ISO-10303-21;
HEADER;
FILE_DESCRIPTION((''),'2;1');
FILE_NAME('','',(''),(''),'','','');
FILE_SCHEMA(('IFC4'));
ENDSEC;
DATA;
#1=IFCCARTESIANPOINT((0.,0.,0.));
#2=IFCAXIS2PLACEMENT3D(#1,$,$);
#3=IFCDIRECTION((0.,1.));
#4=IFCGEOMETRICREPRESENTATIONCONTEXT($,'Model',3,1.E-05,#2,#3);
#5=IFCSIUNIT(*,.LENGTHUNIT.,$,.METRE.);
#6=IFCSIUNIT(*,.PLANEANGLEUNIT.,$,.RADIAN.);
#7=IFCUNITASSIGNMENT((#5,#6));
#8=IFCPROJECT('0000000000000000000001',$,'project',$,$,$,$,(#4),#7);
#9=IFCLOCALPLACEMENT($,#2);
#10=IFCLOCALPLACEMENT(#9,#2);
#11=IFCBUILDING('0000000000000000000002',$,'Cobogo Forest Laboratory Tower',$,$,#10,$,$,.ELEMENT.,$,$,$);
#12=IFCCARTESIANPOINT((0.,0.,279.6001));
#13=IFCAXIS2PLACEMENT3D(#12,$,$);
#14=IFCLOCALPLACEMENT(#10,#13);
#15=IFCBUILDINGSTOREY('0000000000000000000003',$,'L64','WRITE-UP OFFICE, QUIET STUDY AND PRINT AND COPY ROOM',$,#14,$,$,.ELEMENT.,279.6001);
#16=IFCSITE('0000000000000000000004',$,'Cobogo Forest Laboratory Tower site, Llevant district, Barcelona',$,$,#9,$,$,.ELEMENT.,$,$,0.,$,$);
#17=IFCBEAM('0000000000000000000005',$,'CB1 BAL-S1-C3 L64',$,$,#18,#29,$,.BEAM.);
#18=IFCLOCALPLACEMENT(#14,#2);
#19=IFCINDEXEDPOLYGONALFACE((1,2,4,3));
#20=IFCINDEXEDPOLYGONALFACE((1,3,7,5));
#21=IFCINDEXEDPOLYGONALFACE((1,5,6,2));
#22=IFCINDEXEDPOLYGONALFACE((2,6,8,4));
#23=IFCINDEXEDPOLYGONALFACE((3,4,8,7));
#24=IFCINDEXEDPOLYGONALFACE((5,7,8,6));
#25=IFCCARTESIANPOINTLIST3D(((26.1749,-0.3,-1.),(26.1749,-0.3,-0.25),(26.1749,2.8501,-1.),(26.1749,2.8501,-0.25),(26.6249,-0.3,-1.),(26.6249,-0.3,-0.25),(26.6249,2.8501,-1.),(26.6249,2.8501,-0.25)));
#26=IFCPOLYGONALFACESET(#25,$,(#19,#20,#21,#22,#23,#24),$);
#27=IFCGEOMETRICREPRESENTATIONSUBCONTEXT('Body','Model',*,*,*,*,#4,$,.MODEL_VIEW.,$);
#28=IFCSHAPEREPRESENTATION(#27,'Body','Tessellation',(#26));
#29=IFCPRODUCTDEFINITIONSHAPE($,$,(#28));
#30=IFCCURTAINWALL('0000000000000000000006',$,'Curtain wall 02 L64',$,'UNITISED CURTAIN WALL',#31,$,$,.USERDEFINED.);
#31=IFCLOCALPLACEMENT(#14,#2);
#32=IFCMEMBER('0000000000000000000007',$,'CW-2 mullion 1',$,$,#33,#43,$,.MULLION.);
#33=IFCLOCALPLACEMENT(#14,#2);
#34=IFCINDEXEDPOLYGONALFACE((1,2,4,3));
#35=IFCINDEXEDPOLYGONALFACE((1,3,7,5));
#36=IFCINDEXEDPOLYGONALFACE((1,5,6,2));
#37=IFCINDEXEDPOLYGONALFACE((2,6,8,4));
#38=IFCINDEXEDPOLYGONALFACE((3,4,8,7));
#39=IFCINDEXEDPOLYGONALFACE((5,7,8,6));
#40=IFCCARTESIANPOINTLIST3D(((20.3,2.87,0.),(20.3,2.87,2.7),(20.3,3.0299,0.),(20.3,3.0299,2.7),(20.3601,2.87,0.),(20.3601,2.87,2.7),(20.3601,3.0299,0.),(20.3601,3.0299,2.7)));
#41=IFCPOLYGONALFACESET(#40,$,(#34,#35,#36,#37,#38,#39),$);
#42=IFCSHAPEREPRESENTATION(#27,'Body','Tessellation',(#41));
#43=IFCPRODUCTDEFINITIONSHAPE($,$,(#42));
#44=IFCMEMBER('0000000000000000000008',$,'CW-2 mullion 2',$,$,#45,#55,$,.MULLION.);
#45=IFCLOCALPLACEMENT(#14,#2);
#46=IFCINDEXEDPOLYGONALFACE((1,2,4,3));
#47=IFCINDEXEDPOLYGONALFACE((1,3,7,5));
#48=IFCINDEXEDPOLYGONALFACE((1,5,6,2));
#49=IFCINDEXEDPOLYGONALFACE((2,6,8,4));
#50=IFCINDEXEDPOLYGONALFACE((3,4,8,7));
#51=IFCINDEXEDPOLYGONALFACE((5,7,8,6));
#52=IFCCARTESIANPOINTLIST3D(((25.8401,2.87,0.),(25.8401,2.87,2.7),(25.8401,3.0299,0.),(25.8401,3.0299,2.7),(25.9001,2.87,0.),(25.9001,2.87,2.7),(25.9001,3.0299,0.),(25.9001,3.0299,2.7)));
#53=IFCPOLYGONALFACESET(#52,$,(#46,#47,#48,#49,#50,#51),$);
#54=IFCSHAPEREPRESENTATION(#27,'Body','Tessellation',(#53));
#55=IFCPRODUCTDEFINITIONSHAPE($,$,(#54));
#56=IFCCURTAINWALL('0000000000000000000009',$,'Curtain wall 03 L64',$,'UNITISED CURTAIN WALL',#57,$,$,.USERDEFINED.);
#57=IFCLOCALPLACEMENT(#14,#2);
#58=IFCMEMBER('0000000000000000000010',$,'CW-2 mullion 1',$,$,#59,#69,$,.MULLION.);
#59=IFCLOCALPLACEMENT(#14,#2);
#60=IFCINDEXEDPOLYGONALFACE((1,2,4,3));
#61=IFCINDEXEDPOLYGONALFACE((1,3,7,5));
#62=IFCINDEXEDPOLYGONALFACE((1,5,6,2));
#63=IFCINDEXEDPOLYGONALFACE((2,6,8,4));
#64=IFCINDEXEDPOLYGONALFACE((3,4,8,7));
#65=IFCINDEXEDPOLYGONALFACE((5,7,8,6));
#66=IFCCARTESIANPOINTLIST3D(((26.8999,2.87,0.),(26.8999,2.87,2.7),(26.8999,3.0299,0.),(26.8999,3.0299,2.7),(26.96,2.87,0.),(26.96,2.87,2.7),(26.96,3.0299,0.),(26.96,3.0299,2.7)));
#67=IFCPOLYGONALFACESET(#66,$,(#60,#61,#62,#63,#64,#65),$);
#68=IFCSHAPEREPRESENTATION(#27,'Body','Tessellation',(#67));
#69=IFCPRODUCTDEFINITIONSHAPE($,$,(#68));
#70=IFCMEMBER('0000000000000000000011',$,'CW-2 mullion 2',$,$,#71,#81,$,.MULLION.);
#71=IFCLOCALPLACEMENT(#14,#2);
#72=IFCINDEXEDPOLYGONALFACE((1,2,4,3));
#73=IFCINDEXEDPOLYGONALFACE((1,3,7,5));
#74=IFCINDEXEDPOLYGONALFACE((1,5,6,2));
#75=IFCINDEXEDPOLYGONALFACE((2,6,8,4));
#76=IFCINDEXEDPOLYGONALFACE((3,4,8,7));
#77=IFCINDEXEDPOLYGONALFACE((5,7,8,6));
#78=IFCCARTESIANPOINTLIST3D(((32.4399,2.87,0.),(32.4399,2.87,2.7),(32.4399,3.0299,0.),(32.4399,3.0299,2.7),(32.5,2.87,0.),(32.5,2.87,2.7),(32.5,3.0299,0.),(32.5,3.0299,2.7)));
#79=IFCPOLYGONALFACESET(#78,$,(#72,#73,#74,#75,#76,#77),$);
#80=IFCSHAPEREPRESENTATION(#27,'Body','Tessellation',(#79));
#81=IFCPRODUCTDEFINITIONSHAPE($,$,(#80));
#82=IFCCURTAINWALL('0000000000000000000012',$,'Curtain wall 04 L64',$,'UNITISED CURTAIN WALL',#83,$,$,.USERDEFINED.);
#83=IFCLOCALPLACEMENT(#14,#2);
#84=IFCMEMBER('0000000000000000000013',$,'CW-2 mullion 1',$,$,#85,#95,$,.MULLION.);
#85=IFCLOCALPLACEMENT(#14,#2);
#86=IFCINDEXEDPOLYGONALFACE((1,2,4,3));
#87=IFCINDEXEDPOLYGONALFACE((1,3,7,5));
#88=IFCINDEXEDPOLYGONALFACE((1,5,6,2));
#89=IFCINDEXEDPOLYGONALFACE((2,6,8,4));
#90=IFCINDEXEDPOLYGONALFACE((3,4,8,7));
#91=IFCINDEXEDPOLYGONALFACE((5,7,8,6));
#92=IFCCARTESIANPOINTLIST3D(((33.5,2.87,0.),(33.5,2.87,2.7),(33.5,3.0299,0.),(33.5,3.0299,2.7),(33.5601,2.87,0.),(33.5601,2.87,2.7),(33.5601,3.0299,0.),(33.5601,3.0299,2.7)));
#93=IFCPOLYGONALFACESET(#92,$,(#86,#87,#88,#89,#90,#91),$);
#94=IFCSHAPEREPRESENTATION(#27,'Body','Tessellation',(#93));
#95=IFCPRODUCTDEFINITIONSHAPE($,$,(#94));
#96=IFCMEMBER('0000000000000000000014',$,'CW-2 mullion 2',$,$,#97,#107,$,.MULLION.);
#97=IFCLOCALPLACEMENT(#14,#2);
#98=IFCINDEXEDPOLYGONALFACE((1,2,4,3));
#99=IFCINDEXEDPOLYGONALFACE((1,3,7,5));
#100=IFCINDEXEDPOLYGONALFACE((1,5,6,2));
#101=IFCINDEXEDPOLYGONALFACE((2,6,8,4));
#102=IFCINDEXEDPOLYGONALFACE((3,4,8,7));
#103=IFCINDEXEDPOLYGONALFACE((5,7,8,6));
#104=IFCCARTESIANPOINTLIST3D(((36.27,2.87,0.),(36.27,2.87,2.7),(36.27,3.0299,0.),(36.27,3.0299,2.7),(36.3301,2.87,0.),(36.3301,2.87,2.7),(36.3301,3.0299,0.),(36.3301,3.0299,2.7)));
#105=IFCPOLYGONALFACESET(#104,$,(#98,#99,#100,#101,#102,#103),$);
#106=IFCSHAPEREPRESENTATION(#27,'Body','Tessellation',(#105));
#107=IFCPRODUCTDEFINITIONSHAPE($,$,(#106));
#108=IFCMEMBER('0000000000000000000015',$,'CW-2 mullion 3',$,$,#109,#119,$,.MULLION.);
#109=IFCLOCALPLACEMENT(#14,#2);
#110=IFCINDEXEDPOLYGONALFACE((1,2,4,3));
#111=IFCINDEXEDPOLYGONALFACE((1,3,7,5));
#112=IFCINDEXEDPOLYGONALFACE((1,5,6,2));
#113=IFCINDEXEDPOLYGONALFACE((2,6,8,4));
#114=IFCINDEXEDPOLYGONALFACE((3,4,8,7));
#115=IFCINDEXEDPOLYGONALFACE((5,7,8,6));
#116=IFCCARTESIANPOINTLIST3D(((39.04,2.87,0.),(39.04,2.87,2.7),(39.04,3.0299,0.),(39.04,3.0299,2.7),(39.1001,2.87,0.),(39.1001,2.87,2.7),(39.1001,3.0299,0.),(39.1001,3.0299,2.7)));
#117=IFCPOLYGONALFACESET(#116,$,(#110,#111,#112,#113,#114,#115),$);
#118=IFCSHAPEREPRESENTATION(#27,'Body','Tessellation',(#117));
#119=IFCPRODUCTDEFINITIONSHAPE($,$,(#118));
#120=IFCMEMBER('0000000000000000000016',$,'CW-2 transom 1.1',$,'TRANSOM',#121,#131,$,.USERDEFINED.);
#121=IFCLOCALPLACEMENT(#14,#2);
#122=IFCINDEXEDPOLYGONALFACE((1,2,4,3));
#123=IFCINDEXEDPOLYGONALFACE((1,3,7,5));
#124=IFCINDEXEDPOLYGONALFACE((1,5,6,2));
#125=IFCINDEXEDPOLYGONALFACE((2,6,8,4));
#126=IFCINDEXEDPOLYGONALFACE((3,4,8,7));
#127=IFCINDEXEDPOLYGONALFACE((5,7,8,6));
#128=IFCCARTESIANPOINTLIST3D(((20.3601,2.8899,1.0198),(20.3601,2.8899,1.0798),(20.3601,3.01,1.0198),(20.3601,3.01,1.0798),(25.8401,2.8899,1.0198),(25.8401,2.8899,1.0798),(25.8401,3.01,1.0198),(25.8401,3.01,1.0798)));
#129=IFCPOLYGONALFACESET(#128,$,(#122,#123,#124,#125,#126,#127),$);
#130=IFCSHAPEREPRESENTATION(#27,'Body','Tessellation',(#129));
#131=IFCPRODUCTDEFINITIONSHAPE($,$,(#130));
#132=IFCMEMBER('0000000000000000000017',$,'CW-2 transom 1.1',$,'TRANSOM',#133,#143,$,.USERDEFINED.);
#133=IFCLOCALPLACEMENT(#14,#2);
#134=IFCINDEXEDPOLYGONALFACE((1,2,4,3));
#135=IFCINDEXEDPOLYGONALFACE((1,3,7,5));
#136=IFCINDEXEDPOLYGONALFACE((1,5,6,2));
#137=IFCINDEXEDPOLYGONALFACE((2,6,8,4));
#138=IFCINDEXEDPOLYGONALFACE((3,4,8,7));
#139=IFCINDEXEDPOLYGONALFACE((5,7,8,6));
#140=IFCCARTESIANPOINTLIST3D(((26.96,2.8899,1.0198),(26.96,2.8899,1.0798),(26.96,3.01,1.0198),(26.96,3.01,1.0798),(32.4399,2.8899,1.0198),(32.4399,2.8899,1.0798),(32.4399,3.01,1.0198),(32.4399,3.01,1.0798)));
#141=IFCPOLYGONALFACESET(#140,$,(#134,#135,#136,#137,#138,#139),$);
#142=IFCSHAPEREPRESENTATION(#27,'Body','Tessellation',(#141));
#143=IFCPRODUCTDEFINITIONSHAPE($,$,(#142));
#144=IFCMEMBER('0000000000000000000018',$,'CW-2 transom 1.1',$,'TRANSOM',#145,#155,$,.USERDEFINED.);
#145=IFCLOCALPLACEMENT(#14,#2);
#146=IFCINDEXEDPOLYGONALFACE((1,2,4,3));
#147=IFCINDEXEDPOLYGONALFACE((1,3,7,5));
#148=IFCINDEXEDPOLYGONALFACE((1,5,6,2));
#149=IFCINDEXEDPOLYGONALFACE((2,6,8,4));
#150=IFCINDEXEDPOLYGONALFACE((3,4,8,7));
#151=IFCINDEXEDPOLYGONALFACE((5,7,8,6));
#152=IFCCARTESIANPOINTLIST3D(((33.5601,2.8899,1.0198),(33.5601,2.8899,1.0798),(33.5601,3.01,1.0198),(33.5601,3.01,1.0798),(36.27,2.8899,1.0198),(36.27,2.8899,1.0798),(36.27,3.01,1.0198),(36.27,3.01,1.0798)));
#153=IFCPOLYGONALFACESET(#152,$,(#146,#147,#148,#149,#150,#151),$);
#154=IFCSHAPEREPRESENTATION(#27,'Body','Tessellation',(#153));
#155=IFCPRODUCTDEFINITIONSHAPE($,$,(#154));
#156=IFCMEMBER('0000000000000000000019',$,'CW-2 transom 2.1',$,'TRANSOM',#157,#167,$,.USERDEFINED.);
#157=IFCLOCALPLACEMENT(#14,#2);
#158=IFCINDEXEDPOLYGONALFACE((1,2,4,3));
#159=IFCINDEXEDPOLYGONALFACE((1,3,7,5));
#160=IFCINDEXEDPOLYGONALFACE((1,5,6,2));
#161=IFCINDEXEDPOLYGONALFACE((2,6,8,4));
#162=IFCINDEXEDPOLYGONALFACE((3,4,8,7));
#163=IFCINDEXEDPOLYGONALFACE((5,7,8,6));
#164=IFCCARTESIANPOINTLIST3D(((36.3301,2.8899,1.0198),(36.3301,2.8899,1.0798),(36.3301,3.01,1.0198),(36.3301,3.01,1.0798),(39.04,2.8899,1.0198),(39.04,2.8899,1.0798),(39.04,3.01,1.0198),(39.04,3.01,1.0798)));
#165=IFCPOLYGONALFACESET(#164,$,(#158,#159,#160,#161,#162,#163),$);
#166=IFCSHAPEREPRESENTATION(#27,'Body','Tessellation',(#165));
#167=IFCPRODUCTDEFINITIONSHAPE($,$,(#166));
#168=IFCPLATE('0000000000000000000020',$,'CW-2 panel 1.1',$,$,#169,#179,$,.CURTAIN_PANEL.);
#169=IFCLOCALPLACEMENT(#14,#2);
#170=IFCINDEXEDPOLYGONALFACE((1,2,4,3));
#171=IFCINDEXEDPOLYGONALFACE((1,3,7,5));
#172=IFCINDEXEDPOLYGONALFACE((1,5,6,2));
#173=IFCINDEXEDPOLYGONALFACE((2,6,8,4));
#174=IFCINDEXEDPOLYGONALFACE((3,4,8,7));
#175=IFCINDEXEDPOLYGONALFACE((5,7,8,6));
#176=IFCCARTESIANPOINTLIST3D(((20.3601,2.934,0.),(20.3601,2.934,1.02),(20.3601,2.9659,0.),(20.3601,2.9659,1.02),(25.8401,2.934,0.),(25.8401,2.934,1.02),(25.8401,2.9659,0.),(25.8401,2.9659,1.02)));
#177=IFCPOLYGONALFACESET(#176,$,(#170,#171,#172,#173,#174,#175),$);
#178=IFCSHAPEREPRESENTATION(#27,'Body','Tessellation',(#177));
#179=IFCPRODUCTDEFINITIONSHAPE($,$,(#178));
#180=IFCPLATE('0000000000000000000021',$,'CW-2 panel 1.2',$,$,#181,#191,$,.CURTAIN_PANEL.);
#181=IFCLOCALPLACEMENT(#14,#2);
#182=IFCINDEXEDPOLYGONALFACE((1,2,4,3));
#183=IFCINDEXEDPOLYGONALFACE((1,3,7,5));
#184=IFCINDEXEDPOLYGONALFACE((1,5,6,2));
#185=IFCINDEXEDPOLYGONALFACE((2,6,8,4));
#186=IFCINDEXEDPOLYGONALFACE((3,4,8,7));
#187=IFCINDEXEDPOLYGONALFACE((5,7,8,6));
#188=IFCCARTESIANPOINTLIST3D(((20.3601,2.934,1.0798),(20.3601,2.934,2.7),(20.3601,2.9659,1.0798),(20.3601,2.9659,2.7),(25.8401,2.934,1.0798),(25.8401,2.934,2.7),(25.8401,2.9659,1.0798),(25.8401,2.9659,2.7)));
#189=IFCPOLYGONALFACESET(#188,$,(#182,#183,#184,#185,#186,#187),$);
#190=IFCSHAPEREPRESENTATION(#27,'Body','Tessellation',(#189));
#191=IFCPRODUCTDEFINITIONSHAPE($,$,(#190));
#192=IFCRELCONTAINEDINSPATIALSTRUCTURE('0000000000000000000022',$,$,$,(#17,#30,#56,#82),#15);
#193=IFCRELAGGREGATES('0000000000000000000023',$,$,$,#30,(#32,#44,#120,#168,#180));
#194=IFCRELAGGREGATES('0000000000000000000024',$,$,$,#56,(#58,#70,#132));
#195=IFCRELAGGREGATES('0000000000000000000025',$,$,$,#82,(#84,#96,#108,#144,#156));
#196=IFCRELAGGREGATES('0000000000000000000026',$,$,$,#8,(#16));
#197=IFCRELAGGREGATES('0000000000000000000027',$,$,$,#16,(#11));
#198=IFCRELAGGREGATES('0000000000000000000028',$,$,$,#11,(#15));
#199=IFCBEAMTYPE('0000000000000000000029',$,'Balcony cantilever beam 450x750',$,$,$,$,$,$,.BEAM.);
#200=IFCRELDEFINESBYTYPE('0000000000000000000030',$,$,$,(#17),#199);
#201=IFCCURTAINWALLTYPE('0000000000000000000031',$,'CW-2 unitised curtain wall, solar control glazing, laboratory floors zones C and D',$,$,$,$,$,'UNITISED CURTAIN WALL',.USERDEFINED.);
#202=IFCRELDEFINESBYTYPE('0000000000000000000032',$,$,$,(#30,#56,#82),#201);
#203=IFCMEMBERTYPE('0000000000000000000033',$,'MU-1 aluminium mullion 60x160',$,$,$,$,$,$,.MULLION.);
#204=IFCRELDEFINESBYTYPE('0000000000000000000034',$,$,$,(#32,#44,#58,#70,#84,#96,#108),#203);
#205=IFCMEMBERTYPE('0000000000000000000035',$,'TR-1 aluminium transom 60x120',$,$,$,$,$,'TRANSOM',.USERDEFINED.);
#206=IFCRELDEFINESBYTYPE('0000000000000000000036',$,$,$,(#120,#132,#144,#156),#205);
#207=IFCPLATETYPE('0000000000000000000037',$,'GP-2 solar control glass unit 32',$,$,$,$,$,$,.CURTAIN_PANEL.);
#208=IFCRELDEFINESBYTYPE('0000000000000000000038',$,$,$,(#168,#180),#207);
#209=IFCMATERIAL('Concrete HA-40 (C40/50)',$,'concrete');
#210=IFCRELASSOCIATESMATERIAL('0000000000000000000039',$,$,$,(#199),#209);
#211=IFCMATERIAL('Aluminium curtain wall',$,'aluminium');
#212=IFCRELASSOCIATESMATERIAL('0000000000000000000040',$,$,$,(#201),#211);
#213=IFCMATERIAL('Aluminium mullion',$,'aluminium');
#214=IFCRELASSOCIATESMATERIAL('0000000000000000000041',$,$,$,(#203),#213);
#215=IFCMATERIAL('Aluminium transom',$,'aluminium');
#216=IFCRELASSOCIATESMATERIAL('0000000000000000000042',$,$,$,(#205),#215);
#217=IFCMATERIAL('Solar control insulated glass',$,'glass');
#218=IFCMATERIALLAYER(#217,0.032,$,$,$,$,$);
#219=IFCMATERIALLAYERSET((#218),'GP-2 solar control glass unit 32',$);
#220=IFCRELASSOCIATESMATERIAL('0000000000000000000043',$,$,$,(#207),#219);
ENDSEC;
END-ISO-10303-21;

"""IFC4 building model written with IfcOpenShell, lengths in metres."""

from ifc_helpers import new_model, si_unit, direction, frame, origin, origin_2d, place, context, subcontext, project, spatial, rectangle, extrude, material, layer, layer_set, material_profile, profile_set, type_object, element, aggregate, save


model = new_model("IFC4")

# Units and contexts
model_context = context("Model", 3, precision=1e-05, world=origin(), true_north=direction((0.0, 1.0)))
body_context = subcontext(model_context, "Body", "Model", "MODEL_VIEW")
ifc_project = project(units=[si_unit("LENGTHUNIT", "METRE"), si_unit("PLANEANGLEUNIT", "RADIAN")], contexts=[model_context])

# Site, building, storey
site_placement = place(None, origin())
site = spatial("IfcSite", under=ifc_project, at=site_placement, Name="Cobogo Forest Laboratory Tower site, Llevant district, Barcelona", CompositionType="ELEMENT", RefElevation=0.0)
building_placement = place(site_placement, origin())
building = spatial("IfcBuilding", under=site, at=building_placement, Name="Cobogo Forest Laboratory Tower", CompositionType="ELEMENT")
storey_placement = place(building_placement, frame((0.0, 0.0, 279.6001)))
storey = spatial("IfcBuildingStorey", under=building, at=storey_placement, Name="L64", Description="WRITE-UP OFFICE, QUIET STUDY AND PRINT AND COPY ROOM", CompositionType="ELEMENT", Elevation=279.6001)

# Beam
ifc_material_1 = material(Name="Concrete HA-40 (C40/50)", Category="concrete")
ifc_material_profile_1 = material_profile(ifc_material_1, rectangle(XDim=0.45, YDim=0.75, at=origin_2d()), Name="RC 450x750")
ifc_profile_set_1 = profile_set([ifc_material_profile_1], Name="Concrete HA-40 (C40/50)")
beam_type = type_object("IfcBeamType", Name="Balcony cantilever beam 450x750", PredefinedType="BEAM", material=ifc_profile_set_1)
beam_placement = place(storey_placement, frame((26.3999, 2.8501, -0.625), z_axis=(0.0, -1.0, 0.0), x_axis=(1.0, 0.0, 0.0)))
element("IfcBeam", 1, at=beam_placement, inside=storey, type_object=beam_type, Name="CB1 BAL-S1-C3 L64", PredefinedType="BEAM", context=body_context, shape_type="SweptSolid", body=[
    extrude(rectangle(XDim=0.45, YDim=0.75, at=origin_2d()), origin(), (0.0, 0.0, 1.0), 3.1501),
])

# Curtain walls, members
ifc_material_2 = material(Name="Aluminium curtain wall", Category="aluminium")
curtain_wall_type = type_object("IfcCurtainWallType", Name="CW-2 unitised curtain wall, solar control glazing, laboratory floors zones C and D", ElementType="UNITISED CURTAIN WALL", PredefinedType="USERDEFINED", material=ifc_material_2)
curtain_wall_1_placement = place(storey_placement, origin())
curtain_wall_1 = element("IfcCurtainWall", 2, at=curtain_wall_1_placement, inside=storey, type_object=curtain_wall_type, Name="Curtain wall 02 L64", ObjectType="UNITISED CURTAIN WALL", PredefinedType="USERDEFINED")
ifc_material_3 = material(Name="Aluminium mullion", Category="aluminium")
ifc_material_profile_2 = material_profile(ifc_material_3, rectangle(XDim=0.0601, YDim=0.1599, at=origin_2d()), Name="AL 60x160")
ifc_profile_set_2 = profile_set([ifc_material_profile_2], Name="Aluminium mullion")
member_type_1 = type_object("IfcMemberType", Name="MU-1 aluminium mullion 60x160", PredefinedType="MULLION", material=ifc_profile_set_2)
member_1_placement = place(storey_placement, frame((20.3301, 2.95, 0.0), z_axis=(0.0, 0.0, 1.0), x_axis=(1.0, 0.0, 0.0)))
member_1 = element("IfcMember", 3, at=member_1_placement, type_object=member_type_1, Name="CW-2 mullion 1", PredefinedType="MULLION", context=body_context, shape_type="SweptSolid", body=[
    extrude(rectangle(XDim=0.0601, YDim=0.1599, at=origin_2d()), origin(), (0.0, 0.0, 1.0), 2.7),
])
member_2_placement = place(storey_placement, frame((25.8701, 2.95, 0.0), z_axis=(0.0, 0.0, 1.0), x_axis=(1.0, 0.0, 0.0)))
member_2 = element("IfcMember", 4, at=member_2_placement, type_object=member_type_1, Name="CW-2 mullion 2", PredefinedType="MULLION", context=body_context, shape_type="SweptSolid", body=[
    extrude(rectangle(XDim=0.0601, YDim=0.1599, at=origin_2d()), origin(), (0.0, 0.0, 1.0), 2.7),
])
curtain_wall_2_placement = place(storey_placement, origin())
curtain_wall_2 = element("IfcCurtainWall", 5, at=curtain_wall_2_placement, inside=storey, type_object=curtain_wall_type, Name="Curtain wall 03 L64", ObjectType="UNITISED CURTAIN WALL", PredefinedType="USERDEFINED")
member_3_placement = place(storey_placement, frame((26.9299, 2.95, 0.0), z_axis=(0.0, 0.0, 1.0), x_axis=(1.0, 0.0, 0.0)))
member_3 = element("IfcMember", 6, at=member_3_placement, type_object=member_type_1, Name="CW-2 mullion 1", PredefinedType="MULLION", context=body_context, shape_type="SweptSolid", body=[
    extrude(rectangle(XDim=0.0601, YDim=0.1599, at=origin_2d()), origin(), (0.0, 0.0, 1.0), 2.7),
])
member_4_placement = place(storey_placement, frame((32.47, 2.95, 0.0), z_axis=(0.0, 0.0, 1.0), x_axis=(1.0, 0.0, 0.0)))
member_4 = element("IfcMember", 7, at=member_4_placement, type_object=member_type_1, Name="CW-2 mullion 2", PredefinedType="MULLION", context=body_context, shape_type="SweptSolid", body=[
    extrude(rectangle(XDim=0.0601, YDim=0.1599, at=origin_2d()), origin(), (0.0, 0.0, 1.0), 2.7),
])
curtain_wall_3_placement = place(storey_placement, origin())
curtain_wall_3 = element("IfcCurtainWall", 8, at=curtain_wall_3_placement, inside=storey, type_object=curtain_wall_type, Name="Curtain wall 04 L64", ObjectType="UNITISED CURTAIN WALL", PredefinedType="USERDEFINED")
member_5_placement = place(storey_placement, frame((33.53, 2.95, 0.0), z_axis=(0.0, 0.0, 1.0), x_axis=(1.0, 0.0, 0.0)))
member_5 = element("IfcMember", 9, at=member_5_placement, type_object=member_type_1, Name="CW-2 mullion 1", PredefinedType="MULLION", context=body_context, shape_type="SweptSolid", body=[
    extrude(rectangle(XDim=0.0601, YDim=0.1599, at=origin_2d()), origin(), (0.0, 0.0, 1.0), 2.7),
])
member_6_placement = place(storey_placement, frame((36.3, 2.95, 0.0), z_axis=(0.0, 0.0, 1.0), x_axis=(1.0, 0.0, 0.0)))
member_6 = element("IfcMember", 10, at=member_6_placement, type_object=member_type_1, Name="CW-2 mullion 2", PredefinedType="MULLION", context=body_context, shape_type="SweptSolid", body=[
    extrude(rectangle(XDim=0.0601, YDim=0.1599, at=origin_2d()), origin(), (0.0, 0.0, 1.0), 2.7),
])
member_7_placement = place(storey_placement, frame((39.0701, 2.95, 0.0), z_axis=(0.0, 0.0, 1.0), x_axis=(1.0, 0.0, 0.0)))
member_7 = element("IfcMember", 11, at=member_7_placement, type_object=member_type_1, Name="CW-2 mullion 3", PredefinedType="MULLION", context=body_context, shape_type="SweptSolid", body=[
    extrude(rectangle(XDim=0.0601, YDim=0.1599, at=origin_2d()), origin(), (0.0, 0.0, 1.0), 2.7),
])

# Members
ifc_material_4 = material(Name="Aluminium transom", Category="aluminium")
ifc_material_profile_3 = material_profile(ifc_material_4, rectangle(XDim=0.1201, YDim=0.0601, at=origin_2d()), Name="AL 60x120")
ifc_profile_set_3 = profile_set([ifc_material_profile_3], Name="Aluminium transom")
member_type_2 = type_object("IfcMemberType", Name="TR-1 aluminium transom 60x120", ElementType="TRANSOM", PredefinedType="USERDEFINED", material=ifc_profile_set_3)
member_8_placement = place(storey_placement, frame((20.3601, 2.95, 1.0498), z_axis=(1.0, 0.0, 0.0), x_axis=(0.0, 1.0, 0.0)))
member_8 = element("IfcMember", 12, at=member_8_placement, type_object=member_type_2, Name="CW-2 transom 1.1", ObjectType="TRANSOM", PredefinedType="USERDEFINED", context=body_context, shape_type="SweptSolid", body=[
    extrude(rectangle(XDim=0.1201, YDim=0.0601, at=origin_2d()), origin(), (0.0, 0.0, 1.0), 5.48),
])
member_9_placement = place(storey_placement, frame((26.96, 2.95, 1.0498), z_axis=(1.0, 0.0, 0.0), x_axis=(0.0, 1.0, 0.0)))
member_9 = element("IfcMember", 13, at=member_9_placement, type_object=member_type_2, Name="CW-2 transom 1.1", ObjectType="TRANSOM", PredefinedType="USERDEFINED", context=body_context, shape_type="SweptSolid", body=[
    extrude(rectangle(XDim=0.1201, YDim=0.0601, at=origin_2d()), origin(), (0.0, 0.0, 1.0), 5.48),
])
member_10_placement = place(storey_placement, frame((33.5601, 2.95, 1.0498), z_axis=(1.0, 0.0, 0.0), x_axis=(0.0, 1.0, 0.0)))
member_10 = element("IfcMember", 14, at=member_10_placement, type_object=member_type_2, Name="CW-2 transom 1.1", ObjectType="TRANSOM", PredefinedType="USERDEFINED", context=body_context, shape_type="SweptSolid", body=[
    extrude(rectangle(XDim=0.1201, YDim=0.0601, at=origin_2d()), origin(), (0.0, 0.0, 1.0), 2.71),
])
member_11_placement = place(storey_placement, frame((36.3301, 2.95, 1.0498), z_axis=(1.0, 0.0, 0.0), x_axis=(0.0, 1.0, 0.0)))
member_11 = element("IfcMember", 15, at=member_11_placement, type_object=member_type_2, Name="CW-2 transom 2.1", ObjectType="TRANSOM", PredefinedType="USERDEFINED", context=body_context, shape_type="SweptSolid", body=[
    extrude(rectangle(XDim=0.1201, YDim=0.0601, at=origin_2d()), origin(), (0.0, 0.0, 1.0), 2.71),
])

# Plates
ifc_material_5 = material(Name="Solar control insulated glass", Category="glass")
ifc_layer_1 = layer(ifc_material_5, 0.032)
ifc_layer_set_1 = layer_set([ifc_layer_1], Name="GP-2 solar control glass unit 32")
plate_type_1 = type_object("IfcPlateType", Name="GP-2 solar control glass unit 32", PredefinedType="CURTAIN_PANEL", material=ifc_layer_set_1)
plate_1_placement = place(storey_placement, frame((23.1001, 2.95, 0.0), z_axis=(0.0, 0.0, 1.0), x_axis=(1.0, 0.0, 0.0)))
plate_1 = element("IfcPlate", 16, at=plate_1_placement, type_object=plate_type_1, Name="CW-2 panel 1.1", PredefinedType="CURTAIN_PANEL", context=body_context, shape_type="SweptSolid", body=[
    extrude(rectangle(XDim=5.48, YDim=0.032, at=origin_2d()), origin(), (0.0, 0.0, 1.0), 1.02),
])
plate_2_placement = place(storey_placement, frame((23.1001, 2.95, 1.0798), z_axis=(0.0, 0.0, 1.0), x_axis=(1.0, 0.0, 0.0)))
plate_2 = element("IfcPlate", 17, at=plate_2_placement, type_object=plate_type_1, Name="CW-2 panel 1.2", PredefinedType="CURTAIN_PANEL", context=body_context, shape_type="SweptSolid", body=[
    extrude(rectangle(XDim=5.48, YDim=0.032, at=origin_2d()), origin(), (0.0, 0.0, 1.0), 1.6201),
])
aggregate(curtain_wall_1, [member_1, member_2, member_8, plate_1, plate_2])
aggregate(curtain_wall_2, [member_3, member_4, member_9])
aggregate(curtain_wall_3, [member_5, member_6, member_7, member_10, member_11])

save(model, "model.ifc")
